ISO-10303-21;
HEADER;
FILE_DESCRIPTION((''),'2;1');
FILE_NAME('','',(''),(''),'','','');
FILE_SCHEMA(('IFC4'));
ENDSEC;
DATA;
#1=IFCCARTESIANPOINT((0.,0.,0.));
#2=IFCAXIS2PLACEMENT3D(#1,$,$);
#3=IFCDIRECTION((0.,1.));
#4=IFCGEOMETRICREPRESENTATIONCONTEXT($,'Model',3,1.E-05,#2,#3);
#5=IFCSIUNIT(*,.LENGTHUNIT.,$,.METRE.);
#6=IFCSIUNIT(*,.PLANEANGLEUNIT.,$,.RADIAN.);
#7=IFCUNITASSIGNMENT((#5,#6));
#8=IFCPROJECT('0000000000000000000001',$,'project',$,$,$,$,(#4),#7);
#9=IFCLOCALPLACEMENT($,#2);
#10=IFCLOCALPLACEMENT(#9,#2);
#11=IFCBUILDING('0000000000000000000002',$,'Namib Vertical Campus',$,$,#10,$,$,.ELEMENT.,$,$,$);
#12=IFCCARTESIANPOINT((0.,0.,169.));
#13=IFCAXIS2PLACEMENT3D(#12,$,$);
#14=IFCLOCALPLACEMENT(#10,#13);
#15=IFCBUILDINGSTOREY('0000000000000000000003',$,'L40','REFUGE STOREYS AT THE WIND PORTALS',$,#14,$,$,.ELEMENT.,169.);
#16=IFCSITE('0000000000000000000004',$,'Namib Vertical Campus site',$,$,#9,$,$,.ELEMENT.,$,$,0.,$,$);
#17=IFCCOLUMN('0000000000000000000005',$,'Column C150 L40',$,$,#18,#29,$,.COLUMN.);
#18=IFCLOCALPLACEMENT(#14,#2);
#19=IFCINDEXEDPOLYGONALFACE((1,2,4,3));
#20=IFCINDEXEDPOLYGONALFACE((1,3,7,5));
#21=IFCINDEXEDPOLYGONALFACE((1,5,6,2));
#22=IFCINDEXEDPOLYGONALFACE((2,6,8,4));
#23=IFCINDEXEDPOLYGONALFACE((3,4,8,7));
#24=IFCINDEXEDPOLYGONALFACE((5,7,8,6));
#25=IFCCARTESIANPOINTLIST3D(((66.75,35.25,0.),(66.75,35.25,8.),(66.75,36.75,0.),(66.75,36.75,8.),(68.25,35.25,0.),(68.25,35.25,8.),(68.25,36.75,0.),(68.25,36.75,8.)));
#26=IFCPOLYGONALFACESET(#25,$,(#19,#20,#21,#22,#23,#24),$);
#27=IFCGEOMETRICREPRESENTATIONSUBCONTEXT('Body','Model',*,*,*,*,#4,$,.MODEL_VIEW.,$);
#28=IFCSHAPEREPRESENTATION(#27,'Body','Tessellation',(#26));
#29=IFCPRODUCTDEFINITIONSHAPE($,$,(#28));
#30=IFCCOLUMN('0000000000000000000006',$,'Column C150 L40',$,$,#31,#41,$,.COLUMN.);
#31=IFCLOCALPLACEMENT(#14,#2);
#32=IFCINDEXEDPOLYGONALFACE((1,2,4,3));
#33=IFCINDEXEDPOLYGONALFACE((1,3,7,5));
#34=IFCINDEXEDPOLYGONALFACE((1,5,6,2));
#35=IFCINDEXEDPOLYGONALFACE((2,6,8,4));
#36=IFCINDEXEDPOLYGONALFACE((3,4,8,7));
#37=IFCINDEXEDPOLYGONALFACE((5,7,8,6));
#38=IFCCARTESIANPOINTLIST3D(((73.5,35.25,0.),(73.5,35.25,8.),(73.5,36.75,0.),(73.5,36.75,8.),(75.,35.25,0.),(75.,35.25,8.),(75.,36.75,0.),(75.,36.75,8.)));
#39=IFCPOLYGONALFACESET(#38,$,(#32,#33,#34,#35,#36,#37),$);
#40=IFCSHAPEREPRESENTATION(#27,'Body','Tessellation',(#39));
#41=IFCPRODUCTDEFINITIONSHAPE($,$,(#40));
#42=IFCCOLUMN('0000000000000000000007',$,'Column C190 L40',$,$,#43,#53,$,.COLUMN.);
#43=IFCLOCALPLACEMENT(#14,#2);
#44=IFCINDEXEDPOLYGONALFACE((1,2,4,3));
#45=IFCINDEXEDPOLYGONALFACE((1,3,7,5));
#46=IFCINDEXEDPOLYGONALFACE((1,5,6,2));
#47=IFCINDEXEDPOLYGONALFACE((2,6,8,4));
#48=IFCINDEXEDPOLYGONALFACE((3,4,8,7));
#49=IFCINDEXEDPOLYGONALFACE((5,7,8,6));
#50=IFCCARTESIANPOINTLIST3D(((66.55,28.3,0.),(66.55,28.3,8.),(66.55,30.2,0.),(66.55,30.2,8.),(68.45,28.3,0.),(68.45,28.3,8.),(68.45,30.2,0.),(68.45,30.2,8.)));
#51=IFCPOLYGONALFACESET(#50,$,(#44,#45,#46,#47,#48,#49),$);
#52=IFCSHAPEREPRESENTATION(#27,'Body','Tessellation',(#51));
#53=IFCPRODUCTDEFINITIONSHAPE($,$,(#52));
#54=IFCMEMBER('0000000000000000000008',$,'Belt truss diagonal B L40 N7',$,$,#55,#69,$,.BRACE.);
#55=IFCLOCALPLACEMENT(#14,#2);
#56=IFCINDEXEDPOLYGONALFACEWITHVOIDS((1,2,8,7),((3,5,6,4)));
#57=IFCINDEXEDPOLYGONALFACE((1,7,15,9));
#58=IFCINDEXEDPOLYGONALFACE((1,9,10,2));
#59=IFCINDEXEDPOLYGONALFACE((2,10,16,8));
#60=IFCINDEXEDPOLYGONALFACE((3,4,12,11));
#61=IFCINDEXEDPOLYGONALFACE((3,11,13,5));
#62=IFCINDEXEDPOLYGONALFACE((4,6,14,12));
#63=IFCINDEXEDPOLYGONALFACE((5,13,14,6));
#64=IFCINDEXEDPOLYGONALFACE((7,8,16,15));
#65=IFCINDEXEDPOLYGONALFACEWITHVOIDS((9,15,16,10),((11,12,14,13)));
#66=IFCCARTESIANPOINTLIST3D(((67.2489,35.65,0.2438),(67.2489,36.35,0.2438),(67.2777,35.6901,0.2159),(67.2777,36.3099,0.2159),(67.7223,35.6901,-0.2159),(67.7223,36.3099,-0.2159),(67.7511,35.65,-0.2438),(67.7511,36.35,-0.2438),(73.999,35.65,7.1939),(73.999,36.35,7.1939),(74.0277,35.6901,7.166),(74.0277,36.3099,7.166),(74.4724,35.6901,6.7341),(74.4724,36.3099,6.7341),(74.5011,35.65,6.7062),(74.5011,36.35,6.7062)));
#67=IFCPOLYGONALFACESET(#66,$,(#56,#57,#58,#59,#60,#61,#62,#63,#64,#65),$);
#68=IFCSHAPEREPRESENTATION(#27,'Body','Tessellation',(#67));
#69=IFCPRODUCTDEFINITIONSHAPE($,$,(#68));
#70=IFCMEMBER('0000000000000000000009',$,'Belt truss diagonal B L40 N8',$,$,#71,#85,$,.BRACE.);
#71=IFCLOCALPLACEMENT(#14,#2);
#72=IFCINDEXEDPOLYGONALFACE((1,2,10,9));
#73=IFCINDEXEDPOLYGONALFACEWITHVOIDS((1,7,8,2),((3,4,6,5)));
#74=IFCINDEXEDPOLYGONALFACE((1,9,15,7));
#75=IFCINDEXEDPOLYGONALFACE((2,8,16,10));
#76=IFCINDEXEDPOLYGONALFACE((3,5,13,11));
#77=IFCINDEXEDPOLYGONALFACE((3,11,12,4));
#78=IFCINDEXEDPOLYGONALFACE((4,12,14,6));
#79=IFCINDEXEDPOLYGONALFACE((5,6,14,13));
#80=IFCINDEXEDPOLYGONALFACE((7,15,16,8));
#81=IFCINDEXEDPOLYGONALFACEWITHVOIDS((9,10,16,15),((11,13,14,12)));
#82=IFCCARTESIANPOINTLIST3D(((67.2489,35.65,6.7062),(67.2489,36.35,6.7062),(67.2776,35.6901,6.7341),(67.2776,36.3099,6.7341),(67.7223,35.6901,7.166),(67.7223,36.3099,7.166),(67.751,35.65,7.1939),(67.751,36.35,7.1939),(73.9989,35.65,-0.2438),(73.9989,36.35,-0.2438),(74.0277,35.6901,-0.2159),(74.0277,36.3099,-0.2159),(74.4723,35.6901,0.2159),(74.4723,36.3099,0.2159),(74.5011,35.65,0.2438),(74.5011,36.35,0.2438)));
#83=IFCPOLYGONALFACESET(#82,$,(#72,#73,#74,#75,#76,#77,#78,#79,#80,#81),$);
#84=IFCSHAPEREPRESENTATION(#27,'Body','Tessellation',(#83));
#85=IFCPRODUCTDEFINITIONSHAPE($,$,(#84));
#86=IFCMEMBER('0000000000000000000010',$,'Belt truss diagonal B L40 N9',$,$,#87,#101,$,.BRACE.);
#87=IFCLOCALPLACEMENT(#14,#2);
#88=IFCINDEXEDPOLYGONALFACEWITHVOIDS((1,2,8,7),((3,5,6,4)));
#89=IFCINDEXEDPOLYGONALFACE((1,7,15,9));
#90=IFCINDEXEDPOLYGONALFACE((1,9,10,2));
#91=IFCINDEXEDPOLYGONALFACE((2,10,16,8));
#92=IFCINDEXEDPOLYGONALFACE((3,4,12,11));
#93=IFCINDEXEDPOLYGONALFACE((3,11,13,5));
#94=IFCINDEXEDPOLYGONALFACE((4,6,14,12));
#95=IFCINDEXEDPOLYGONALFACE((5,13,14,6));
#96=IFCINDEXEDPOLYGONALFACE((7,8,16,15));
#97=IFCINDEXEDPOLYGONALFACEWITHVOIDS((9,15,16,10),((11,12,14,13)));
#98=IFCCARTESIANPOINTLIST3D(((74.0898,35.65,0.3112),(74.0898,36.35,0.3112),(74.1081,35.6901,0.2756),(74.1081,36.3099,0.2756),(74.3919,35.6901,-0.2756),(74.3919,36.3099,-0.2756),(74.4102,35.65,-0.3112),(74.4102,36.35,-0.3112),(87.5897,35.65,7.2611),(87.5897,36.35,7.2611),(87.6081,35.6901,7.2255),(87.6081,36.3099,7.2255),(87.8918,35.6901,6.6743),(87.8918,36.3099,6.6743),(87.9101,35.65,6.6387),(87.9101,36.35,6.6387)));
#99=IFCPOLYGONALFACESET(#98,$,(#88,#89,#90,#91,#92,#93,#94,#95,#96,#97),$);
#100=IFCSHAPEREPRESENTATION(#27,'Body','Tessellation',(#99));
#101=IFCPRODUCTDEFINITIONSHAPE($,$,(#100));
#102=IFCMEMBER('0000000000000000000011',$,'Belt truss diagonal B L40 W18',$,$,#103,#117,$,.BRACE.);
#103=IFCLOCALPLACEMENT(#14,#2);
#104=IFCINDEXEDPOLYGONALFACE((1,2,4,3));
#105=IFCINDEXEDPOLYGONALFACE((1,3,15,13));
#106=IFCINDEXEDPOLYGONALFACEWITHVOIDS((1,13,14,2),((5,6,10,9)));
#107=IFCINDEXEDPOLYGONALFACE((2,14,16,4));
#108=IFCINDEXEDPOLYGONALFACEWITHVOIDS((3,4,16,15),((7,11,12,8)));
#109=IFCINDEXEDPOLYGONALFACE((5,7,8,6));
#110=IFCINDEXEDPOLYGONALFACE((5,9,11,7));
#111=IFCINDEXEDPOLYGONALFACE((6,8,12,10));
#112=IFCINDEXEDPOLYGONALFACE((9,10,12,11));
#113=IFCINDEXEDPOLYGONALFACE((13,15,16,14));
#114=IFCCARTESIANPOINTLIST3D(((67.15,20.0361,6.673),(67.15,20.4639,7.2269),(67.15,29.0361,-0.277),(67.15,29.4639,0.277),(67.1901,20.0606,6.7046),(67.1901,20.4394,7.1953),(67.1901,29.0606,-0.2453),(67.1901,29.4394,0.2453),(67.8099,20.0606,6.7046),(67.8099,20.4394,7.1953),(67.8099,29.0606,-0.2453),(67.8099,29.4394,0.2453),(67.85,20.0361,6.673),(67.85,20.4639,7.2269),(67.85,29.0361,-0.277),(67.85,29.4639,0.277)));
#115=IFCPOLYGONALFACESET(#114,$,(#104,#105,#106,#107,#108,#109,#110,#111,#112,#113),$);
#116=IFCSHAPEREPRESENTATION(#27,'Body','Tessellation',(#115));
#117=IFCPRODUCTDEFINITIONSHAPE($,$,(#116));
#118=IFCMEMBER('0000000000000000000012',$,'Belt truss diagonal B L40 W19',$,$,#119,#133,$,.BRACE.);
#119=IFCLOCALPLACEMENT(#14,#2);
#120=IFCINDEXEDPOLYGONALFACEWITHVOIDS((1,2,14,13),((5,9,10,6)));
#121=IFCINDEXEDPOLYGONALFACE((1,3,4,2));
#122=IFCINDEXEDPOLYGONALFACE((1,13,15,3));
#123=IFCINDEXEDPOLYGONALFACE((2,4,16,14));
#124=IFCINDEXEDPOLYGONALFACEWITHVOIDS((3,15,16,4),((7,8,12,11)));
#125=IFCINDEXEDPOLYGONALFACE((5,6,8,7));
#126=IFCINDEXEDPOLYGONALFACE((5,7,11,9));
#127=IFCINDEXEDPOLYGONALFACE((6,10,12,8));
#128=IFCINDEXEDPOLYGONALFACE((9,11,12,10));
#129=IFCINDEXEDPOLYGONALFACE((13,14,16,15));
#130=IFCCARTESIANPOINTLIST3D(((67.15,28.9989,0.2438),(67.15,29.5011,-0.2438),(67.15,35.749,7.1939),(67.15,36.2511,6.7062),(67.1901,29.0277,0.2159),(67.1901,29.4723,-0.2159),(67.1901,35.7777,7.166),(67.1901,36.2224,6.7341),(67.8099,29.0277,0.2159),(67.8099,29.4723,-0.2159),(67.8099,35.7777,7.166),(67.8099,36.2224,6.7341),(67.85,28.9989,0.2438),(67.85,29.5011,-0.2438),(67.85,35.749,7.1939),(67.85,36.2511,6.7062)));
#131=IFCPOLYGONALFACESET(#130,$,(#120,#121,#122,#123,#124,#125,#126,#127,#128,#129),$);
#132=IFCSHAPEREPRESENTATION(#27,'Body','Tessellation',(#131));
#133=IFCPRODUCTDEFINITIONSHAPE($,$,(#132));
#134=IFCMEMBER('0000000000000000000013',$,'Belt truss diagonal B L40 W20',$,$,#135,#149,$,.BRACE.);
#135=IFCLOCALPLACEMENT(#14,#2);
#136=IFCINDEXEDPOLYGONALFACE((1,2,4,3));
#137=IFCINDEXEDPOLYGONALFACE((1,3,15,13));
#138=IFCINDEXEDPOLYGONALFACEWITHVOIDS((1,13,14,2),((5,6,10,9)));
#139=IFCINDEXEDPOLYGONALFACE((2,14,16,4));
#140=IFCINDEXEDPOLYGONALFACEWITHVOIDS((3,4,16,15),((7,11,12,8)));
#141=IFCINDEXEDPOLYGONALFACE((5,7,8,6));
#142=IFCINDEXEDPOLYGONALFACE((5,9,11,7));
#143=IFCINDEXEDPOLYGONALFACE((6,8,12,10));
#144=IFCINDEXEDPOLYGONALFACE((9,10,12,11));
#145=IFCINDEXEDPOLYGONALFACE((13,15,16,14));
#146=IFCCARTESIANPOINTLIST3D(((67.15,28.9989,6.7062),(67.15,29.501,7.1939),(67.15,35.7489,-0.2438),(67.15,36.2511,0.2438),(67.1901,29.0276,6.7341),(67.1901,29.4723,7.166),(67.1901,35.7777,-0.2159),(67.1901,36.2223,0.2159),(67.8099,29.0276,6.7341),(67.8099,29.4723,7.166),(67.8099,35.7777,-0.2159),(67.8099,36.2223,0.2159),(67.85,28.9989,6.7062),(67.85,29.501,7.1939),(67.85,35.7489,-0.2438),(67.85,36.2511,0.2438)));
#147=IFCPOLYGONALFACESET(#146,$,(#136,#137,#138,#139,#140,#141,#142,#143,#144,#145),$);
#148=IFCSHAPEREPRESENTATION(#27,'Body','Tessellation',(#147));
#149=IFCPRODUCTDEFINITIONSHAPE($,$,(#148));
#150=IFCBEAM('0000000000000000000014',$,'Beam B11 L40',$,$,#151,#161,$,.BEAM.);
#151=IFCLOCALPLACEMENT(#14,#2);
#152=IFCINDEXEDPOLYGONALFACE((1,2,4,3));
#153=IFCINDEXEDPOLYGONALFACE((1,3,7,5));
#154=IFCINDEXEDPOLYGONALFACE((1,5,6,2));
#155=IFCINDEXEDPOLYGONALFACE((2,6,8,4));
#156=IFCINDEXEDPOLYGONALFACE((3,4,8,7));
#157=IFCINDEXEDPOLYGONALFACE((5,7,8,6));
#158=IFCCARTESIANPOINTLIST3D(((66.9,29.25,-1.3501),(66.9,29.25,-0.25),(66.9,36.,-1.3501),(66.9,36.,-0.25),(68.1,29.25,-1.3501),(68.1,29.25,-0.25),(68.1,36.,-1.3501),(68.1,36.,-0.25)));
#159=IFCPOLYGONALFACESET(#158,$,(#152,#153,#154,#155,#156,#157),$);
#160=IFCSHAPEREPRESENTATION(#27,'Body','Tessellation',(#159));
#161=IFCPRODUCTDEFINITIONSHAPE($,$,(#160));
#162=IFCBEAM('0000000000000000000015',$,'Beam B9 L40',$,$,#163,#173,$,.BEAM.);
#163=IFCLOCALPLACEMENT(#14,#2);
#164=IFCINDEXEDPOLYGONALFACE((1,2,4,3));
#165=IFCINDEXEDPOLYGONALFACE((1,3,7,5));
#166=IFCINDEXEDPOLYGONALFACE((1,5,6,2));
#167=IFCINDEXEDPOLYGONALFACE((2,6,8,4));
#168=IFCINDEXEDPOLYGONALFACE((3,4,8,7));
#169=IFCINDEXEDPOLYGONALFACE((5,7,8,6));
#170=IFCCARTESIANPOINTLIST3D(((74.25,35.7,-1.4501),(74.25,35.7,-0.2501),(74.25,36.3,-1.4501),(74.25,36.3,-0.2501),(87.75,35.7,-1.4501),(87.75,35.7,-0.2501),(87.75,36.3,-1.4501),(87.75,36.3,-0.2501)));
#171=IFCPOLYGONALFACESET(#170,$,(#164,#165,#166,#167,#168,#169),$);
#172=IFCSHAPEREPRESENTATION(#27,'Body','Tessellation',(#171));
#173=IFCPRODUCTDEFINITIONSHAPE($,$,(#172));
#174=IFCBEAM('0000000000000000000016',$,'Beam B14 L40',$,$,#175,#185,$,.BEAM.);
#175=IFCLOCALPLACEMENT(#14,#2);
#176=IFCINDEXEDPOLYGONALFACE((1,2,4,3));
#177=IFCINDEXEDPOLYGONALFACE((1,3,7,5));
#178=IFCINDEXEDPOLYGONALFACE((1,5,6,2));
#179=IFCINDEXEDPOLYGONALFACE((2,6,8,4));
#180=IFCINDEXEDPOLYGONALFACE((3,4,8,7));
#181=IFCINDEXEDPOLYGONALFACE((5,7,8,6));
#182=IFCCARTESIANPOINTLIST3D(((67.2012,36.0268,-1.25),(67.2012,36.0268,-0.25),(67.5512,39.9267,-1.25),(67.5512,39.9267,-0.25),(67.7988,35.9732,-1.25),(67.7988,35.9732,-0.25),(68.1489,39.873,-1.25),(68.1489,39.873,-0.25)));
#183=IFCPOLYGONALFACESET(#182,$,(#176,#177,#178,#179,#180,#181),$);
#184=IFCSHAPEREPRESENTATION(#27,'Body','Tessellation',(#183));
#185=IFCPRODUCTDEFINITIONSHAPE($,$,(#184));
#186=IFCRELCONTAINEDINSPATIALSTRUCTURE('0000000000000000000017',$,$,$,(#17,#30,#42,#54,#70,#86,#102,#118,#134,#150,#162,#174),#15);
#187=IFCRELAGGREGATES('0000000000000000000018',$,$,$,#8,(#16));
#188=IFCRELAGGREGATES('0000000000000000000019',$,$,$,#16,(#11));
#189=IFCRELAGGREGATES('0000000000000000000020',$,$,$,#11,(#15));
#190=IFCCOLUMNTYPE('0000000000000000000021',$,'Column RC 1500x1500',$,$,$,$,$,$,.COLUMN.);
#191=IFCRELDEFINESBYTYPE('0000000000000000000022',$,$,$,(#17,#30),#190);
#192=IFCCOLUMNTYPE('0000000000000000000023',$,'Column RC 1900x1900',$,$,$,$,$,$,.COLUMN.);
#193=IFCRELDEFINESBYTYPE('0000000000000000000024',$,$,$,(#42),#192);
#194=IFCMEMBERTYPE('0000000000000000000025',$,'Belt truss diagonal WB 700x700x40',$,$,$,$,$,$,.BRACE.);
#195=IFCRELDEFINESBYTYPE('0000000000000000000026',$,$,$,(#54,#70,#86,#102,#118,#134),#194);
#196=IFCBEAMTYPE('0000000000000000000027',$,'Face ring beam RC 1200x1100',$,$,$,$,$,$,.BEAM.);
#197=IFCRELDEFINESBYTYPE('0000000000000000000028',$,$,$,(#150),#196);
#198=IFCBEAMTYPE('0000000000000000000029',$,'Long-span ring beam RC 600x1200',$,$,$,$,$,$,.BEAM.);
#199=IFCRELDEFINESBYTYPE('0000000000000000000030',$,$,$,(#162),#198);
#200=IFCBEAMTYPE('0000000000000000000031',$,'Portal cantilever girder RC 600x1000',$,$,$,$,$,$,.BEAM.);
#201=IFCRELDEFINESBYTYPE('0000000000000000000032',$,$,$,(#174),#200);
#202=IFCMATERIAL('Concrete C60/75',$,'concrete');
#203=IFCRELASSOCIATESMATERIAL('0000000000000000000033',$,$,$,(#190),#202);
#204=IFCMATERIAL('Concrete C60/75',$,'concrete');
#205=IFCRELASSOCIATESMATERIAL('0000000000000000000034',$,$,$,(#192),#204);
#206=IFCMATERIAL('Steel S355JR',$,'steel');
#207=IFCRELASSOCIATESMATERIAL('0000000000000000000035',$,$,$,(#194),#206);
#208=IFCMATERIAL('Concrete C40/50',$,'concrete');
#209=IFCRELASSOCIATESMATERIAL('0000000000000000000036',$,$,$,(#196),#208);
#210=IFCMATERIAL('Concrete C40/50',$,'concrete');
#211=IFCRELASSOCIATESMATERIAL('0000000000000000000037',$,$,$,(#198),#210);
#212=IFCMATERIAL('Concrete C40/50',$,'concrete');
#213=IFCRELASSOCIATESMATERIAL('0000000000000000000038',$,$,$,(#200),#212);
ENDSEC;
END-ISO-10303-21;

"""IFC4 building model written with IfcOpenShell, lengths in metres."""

from ifc_helpers import new_model, si_unit, direction, frame, origin, origin_2d, place, context, subcontext, project, spatial, rectangle, hollow_rectangle, extrude, material, material_profile, profile_set, type_object, element, save


model = new_model("IFC4")

# Units and contexts
model_context = context("Model", 3, precision=1e-05, world=origin(), true_north=direction((0.0, 1.0)))
body_context = subcontext(model_context, "Body", "Model", "MODEL_VIEW")
ifc_project = project(units=[si_unit("LENGTHUNIT", "METRE"), si_unit("PLANEANGLEUNIT", "RADIAN")], contexts=[model_context])

# Site, building, storey
site_placement = place(None, origin())
site = spatial("IfcSite", under=ifc_project, at=site_placement, Name="Namib Vertical Campus site", CompositionType="ELEMENT", RefElevation=0.0)
building_placement = place(site_placement, origin())
building = spatial("IfcBuilding", under=site, at=building_placement, Name="Namib Vertical Campus", CompositionType="ELEMENT")
storey_placement = place(building_placement, frame((0.0, 0.0, 169.0)))
storey = spatial("IfcBuildingStorey", under=building, at=storey_placement, Name="L40", Description="REFUGE STOREYS AT THE WIND PORTALS", CompositionType="ELEMENT", Elevation=169.0)

# Columns
ifc_material_1 = material(Name="Concrete C60/75", Category="concrete")
ifc_material_profile_1 = material_profile(ifc_material_1, rectangle(XDim=1.5, YDim=1.5, at=origin_2d()))
ifc_profile_set_1 = profile_set([ifc_material_profile_1], Name="Concrete C60/75")
column_type_1 = type_object("IfcColumnType", Name="Column RC 1500x1500", PredefinedType="COLUMN", material=ifc_profile_set_1)
for number, where, z_axis, x_axis, name in (
    (1, (67.5, 36.0, 0.0), (0.0, 0.0, 1.0), (1.0, 0.0, 0.0), "Column C150 L40"),
    (2, (74.25, 36.0, 0.0), (0.0, 0.0, 1.0), (1.0, 0.0, 0.0), "Column C150 L40"),
):
    element("IfcColumn", number, at=place(storey_placement, frame(where, z_axis=z_axis, x_axis=x_axis)), inside=storey, type_object=column_type_1, Name=name, PredefinedType="COLUMN", context=body_context, shape_type="SweptSolid", body=[
        extrude(rectangle(XDim=1.5, YDim=1.5, at=origin_2d()), origin(), (0.0, 0.0, 1.0), 8.0),
    ])
ifc_material_2 = material(Name="Concrete C60/75", Category="concrete")
ifc_material_profile_2 = material_profile(ifc_material_2, rectangle(XDim=1.8999, YDim=1.8999, at=origin_2d()))
ifc_profile_set_2 = profile_set([ifc_material_profile_2], Name="Concrete C60/75")
column_type_2 = type_object("IfcColumnType", Name="Column RC 1900x1900", PredefinedType="COLUMN", material=ifc_profile_set_2)
column_placement = place(storey_placement, frame((67.5, 29.25, 0.0), z_axis=(0.0, 0.0, 1.0), x_axis=(1.0, 0.0, 0.0)))
element("IfcColumn", 3, at=column_placement, inside=storey, type_object=column_type_2, Name="Column C190 L40", PredefinedType="COLUMN", context=body_context, shape_type="SweptSolid", body=[
    extrude(rectangle(XDim=1.8999, YDim=1.8999, at=origin_2d()), origin(), (0.0, 0.0, 1.0), 8.0),
])

# Members
ifc_material_3 = material(Name="Steel S355JR", Category="steel")
ifc_material_profile_3 = material_profile(ifc_material_3, hollow_rectangle(XDim=0.7, YDim=0.7, WallThickness=0.04, at=origin_2d()))
ifc_profile_set_3 = profile_set([ifc_material_profile_3], Name="Steel S355JR")
member_type = type_object("IfcMemberType", Name="Belt truss diagonal WB 700x700x40", PredefinedType="BRACE", material=ifc_profile_set_3)
for number, where, z_axis, x_axis, name in (
    (4, (67.5, 36.0, 0.0), (0.696712, 0.0, 0.717351), (0.0, 1.0, 0.0), "Belt truss diagonal B L40 N7"),
    (5, (74.25, 36.0, 0.0), (-0.696712, 0.0, 0.717351), (0.0, -1.0, 0.0), "Belt truss diagonal B L40 N8"),
):
    element("IfcMember", number, at=place(storey_placement, frame(where, z_axis=z_axis, x_axis=x_axis)), inside=storey, type_object=member_type, Name=name, PredefinedType="BRACE", context=body_context, shape_type="SweptSolid", body=[
        extrude(hollow_rectangle(XDim=0.7, YDim=0.7, WallThickness=0.04, at=origin_2d()), origin(), (0.0, 0.0, 1.0), 9.6885),
    ])
member_1_placement = place(storey_placement, frame((74.25, 36.0, 0.0), z_axis=(0.889098, 0.0, 0.457717), x_axis=(0.0, 1.0, 0.0)))
element("IfcMember", 6, at=member_1_placement, inside=storey, type_object=member_type, Name="Belt truss diagonal B L40 N9", PredefinedType="BRACE", context=body_context, shape_type="SweptSolid", body=[
    extrude(hollow_rectangle(XDim=0.7, YDim=0.7, WallThickness=0.04, at=origin_2d()), origin(), (0.0, 0.0, 1.0), 15.1838),
])
member_2_placement = place(storey_placement, frame((67.5, 29.25, 0.0), z_axis=(0.0, -0.79148, 0.611194), x_axis=(1.0, 0.0, 0.0)))
element("IfcMember", 7, at=member_2_placement, inside=storey, type_object=member_type, Name="Belt truss diagonal B L40 W18", PredefinedType="BRACE", context=body_context, shape_type="SweptSolid", body=[
    extrude(hollow_rectangle(XDim=0.7, YDim=0.7, WallThickness=0.04, at=origin_2d()), origin(), (0.0, 0.0, 1.0), 11.3711),
])
for number, where, z_axis, x_axis, name in (
    (8, (67.5, 29.25, 0.0), (0.0, 0.696712, 0.717351), (-1.0, 0.0, 0.0), "Belt truss diagonal B L40 W19"),
    (9, (67.5, 36.0, 0.0), (0.0, -0.696712, 0.717351), (1.0, 0.0, 0.0), "Belt truss diagonal B L40 W20"),
):
    element("IfcMember", number, at=place(storey_placement, frame(where, z_axis=z_axis, x_axis=x_axis)), inside=storey, type_object=member_type, Name=name, PredefinedType="BRACE", context=body_context, shape_type="SweptSolid", body=[
        extrude(hollow_rectangle(XDim=0.7, YDim=0.7, WallThickness=0.04, at=origin_2d()), origin(), (0.0, 0.0, 1.0), 9.6885),
    ])

# Beams
ifc_material_4 = material(Name="Concrete C40/50", Category="concrete")
ifc_material_profile_4 = material_profile(ifc_material_4, rectangle(XDim=1.2, YDim=1.1001, at=origin_2d()))
ifc_profile_set_4 = profile_set([ifc_material_profile_4], Name="Concrete C40/50")
beam_type_1 = type_object("IfcBeamType", Name="Face ring beam RC 1200x1100", PredefinedType="BEAM", material=ifc_profile_set_4)
beam_1_placement = place(storey_placement, frame((67.5, 29.25, -0.8), z_axis=(0.0, 1.0, 0.0), x_axis=(-1.0, 0.0, 0.0)))
element("IfcBeam", 10, at=beam_1_placement, inside=storey, type_object=beam_type_1, Name="Beam B11 L40", PredefinedType="BEAM", context=body_context, shape_type="SweptSolid", body=[
    extrude(rectangle(XDim=1.2, YDim=1.1001, at=origin_2d()), origin(), (0.0, 0.0, 1.0), 6.75),
])
ifc_material_5 = material(Name="Concrete C40/50", Category="concrete")
ifc_material_profile_5 = material_profile(ifc_material_5, rectangle(XDim=0.6001, YDim=1.2, at=origin_2d()))
ifc_profile_set_5 = profile_set([ifc_material_profile_5], Name="Concrete C40/50")
beam_type_2 = type_object("IfcBeamType", Name="Long-span ring beam RC 600x1200", PredefinedType="BEAM", material=ifc_profile_set_5)
beam_2_placement = place(storey_placement, frame((74.25, 36.0, -0.8501), z_axis=(1.0, 0.0, 0.0), x_axis=(0.0, 1.0, 0.0)))
element("IfcBeam", 11, at=beam_2_placement, inside=storey, type_object=beam_type_2, Name="Beam B9 L40", PredefinedType="BEAM", context=body_context, shape_type="SweptSolid", body=[
    extrude(rectangle(XDim=0.6001, YDim=1.2, at=origin_2d()), origin(), (0.0, 0.0, 1.0), 13.5),
])
ifc_material_6 = material(Name="Concrete C40/50", Category="concrete")
ifc_material_profile_6 = material_profile(ifc_material_6, rectangle(XDim=0.6001, YDim=1.0, at=origin_2d()))
ifc_profile_set_6 = profile_set([ifc_material_profile_6], Name="Concrete C40/50")
beam_type_3 = type_object("IfcBeamType", Name="Portal cantilever girder RC 600x1000", PredefinedType="BEAM", material=ifc_profile_set_6)
beam_3_placement = place(storey_placement, frame((67.5, 36.0, -0.75), z_axis=(0.089411, 0.995995, 0.0), x_axis=(-0.995995, 0.089411, 0.0)))
element("IfcBeam", 12, at=beam_3_placement, inside=storey, type_object=beam_type_3, Name="Beam B14 L40", PredefinedType="BEAM", context=body_context, shape_type="SweptSolid", body=[
    extrude(rectangle(XDim=0.6001, YDim=1.0, at=origin_2d()), origin(), (0.0, 0.0, 1.0), 3.9155),
])

save(model, "model.ifc")
